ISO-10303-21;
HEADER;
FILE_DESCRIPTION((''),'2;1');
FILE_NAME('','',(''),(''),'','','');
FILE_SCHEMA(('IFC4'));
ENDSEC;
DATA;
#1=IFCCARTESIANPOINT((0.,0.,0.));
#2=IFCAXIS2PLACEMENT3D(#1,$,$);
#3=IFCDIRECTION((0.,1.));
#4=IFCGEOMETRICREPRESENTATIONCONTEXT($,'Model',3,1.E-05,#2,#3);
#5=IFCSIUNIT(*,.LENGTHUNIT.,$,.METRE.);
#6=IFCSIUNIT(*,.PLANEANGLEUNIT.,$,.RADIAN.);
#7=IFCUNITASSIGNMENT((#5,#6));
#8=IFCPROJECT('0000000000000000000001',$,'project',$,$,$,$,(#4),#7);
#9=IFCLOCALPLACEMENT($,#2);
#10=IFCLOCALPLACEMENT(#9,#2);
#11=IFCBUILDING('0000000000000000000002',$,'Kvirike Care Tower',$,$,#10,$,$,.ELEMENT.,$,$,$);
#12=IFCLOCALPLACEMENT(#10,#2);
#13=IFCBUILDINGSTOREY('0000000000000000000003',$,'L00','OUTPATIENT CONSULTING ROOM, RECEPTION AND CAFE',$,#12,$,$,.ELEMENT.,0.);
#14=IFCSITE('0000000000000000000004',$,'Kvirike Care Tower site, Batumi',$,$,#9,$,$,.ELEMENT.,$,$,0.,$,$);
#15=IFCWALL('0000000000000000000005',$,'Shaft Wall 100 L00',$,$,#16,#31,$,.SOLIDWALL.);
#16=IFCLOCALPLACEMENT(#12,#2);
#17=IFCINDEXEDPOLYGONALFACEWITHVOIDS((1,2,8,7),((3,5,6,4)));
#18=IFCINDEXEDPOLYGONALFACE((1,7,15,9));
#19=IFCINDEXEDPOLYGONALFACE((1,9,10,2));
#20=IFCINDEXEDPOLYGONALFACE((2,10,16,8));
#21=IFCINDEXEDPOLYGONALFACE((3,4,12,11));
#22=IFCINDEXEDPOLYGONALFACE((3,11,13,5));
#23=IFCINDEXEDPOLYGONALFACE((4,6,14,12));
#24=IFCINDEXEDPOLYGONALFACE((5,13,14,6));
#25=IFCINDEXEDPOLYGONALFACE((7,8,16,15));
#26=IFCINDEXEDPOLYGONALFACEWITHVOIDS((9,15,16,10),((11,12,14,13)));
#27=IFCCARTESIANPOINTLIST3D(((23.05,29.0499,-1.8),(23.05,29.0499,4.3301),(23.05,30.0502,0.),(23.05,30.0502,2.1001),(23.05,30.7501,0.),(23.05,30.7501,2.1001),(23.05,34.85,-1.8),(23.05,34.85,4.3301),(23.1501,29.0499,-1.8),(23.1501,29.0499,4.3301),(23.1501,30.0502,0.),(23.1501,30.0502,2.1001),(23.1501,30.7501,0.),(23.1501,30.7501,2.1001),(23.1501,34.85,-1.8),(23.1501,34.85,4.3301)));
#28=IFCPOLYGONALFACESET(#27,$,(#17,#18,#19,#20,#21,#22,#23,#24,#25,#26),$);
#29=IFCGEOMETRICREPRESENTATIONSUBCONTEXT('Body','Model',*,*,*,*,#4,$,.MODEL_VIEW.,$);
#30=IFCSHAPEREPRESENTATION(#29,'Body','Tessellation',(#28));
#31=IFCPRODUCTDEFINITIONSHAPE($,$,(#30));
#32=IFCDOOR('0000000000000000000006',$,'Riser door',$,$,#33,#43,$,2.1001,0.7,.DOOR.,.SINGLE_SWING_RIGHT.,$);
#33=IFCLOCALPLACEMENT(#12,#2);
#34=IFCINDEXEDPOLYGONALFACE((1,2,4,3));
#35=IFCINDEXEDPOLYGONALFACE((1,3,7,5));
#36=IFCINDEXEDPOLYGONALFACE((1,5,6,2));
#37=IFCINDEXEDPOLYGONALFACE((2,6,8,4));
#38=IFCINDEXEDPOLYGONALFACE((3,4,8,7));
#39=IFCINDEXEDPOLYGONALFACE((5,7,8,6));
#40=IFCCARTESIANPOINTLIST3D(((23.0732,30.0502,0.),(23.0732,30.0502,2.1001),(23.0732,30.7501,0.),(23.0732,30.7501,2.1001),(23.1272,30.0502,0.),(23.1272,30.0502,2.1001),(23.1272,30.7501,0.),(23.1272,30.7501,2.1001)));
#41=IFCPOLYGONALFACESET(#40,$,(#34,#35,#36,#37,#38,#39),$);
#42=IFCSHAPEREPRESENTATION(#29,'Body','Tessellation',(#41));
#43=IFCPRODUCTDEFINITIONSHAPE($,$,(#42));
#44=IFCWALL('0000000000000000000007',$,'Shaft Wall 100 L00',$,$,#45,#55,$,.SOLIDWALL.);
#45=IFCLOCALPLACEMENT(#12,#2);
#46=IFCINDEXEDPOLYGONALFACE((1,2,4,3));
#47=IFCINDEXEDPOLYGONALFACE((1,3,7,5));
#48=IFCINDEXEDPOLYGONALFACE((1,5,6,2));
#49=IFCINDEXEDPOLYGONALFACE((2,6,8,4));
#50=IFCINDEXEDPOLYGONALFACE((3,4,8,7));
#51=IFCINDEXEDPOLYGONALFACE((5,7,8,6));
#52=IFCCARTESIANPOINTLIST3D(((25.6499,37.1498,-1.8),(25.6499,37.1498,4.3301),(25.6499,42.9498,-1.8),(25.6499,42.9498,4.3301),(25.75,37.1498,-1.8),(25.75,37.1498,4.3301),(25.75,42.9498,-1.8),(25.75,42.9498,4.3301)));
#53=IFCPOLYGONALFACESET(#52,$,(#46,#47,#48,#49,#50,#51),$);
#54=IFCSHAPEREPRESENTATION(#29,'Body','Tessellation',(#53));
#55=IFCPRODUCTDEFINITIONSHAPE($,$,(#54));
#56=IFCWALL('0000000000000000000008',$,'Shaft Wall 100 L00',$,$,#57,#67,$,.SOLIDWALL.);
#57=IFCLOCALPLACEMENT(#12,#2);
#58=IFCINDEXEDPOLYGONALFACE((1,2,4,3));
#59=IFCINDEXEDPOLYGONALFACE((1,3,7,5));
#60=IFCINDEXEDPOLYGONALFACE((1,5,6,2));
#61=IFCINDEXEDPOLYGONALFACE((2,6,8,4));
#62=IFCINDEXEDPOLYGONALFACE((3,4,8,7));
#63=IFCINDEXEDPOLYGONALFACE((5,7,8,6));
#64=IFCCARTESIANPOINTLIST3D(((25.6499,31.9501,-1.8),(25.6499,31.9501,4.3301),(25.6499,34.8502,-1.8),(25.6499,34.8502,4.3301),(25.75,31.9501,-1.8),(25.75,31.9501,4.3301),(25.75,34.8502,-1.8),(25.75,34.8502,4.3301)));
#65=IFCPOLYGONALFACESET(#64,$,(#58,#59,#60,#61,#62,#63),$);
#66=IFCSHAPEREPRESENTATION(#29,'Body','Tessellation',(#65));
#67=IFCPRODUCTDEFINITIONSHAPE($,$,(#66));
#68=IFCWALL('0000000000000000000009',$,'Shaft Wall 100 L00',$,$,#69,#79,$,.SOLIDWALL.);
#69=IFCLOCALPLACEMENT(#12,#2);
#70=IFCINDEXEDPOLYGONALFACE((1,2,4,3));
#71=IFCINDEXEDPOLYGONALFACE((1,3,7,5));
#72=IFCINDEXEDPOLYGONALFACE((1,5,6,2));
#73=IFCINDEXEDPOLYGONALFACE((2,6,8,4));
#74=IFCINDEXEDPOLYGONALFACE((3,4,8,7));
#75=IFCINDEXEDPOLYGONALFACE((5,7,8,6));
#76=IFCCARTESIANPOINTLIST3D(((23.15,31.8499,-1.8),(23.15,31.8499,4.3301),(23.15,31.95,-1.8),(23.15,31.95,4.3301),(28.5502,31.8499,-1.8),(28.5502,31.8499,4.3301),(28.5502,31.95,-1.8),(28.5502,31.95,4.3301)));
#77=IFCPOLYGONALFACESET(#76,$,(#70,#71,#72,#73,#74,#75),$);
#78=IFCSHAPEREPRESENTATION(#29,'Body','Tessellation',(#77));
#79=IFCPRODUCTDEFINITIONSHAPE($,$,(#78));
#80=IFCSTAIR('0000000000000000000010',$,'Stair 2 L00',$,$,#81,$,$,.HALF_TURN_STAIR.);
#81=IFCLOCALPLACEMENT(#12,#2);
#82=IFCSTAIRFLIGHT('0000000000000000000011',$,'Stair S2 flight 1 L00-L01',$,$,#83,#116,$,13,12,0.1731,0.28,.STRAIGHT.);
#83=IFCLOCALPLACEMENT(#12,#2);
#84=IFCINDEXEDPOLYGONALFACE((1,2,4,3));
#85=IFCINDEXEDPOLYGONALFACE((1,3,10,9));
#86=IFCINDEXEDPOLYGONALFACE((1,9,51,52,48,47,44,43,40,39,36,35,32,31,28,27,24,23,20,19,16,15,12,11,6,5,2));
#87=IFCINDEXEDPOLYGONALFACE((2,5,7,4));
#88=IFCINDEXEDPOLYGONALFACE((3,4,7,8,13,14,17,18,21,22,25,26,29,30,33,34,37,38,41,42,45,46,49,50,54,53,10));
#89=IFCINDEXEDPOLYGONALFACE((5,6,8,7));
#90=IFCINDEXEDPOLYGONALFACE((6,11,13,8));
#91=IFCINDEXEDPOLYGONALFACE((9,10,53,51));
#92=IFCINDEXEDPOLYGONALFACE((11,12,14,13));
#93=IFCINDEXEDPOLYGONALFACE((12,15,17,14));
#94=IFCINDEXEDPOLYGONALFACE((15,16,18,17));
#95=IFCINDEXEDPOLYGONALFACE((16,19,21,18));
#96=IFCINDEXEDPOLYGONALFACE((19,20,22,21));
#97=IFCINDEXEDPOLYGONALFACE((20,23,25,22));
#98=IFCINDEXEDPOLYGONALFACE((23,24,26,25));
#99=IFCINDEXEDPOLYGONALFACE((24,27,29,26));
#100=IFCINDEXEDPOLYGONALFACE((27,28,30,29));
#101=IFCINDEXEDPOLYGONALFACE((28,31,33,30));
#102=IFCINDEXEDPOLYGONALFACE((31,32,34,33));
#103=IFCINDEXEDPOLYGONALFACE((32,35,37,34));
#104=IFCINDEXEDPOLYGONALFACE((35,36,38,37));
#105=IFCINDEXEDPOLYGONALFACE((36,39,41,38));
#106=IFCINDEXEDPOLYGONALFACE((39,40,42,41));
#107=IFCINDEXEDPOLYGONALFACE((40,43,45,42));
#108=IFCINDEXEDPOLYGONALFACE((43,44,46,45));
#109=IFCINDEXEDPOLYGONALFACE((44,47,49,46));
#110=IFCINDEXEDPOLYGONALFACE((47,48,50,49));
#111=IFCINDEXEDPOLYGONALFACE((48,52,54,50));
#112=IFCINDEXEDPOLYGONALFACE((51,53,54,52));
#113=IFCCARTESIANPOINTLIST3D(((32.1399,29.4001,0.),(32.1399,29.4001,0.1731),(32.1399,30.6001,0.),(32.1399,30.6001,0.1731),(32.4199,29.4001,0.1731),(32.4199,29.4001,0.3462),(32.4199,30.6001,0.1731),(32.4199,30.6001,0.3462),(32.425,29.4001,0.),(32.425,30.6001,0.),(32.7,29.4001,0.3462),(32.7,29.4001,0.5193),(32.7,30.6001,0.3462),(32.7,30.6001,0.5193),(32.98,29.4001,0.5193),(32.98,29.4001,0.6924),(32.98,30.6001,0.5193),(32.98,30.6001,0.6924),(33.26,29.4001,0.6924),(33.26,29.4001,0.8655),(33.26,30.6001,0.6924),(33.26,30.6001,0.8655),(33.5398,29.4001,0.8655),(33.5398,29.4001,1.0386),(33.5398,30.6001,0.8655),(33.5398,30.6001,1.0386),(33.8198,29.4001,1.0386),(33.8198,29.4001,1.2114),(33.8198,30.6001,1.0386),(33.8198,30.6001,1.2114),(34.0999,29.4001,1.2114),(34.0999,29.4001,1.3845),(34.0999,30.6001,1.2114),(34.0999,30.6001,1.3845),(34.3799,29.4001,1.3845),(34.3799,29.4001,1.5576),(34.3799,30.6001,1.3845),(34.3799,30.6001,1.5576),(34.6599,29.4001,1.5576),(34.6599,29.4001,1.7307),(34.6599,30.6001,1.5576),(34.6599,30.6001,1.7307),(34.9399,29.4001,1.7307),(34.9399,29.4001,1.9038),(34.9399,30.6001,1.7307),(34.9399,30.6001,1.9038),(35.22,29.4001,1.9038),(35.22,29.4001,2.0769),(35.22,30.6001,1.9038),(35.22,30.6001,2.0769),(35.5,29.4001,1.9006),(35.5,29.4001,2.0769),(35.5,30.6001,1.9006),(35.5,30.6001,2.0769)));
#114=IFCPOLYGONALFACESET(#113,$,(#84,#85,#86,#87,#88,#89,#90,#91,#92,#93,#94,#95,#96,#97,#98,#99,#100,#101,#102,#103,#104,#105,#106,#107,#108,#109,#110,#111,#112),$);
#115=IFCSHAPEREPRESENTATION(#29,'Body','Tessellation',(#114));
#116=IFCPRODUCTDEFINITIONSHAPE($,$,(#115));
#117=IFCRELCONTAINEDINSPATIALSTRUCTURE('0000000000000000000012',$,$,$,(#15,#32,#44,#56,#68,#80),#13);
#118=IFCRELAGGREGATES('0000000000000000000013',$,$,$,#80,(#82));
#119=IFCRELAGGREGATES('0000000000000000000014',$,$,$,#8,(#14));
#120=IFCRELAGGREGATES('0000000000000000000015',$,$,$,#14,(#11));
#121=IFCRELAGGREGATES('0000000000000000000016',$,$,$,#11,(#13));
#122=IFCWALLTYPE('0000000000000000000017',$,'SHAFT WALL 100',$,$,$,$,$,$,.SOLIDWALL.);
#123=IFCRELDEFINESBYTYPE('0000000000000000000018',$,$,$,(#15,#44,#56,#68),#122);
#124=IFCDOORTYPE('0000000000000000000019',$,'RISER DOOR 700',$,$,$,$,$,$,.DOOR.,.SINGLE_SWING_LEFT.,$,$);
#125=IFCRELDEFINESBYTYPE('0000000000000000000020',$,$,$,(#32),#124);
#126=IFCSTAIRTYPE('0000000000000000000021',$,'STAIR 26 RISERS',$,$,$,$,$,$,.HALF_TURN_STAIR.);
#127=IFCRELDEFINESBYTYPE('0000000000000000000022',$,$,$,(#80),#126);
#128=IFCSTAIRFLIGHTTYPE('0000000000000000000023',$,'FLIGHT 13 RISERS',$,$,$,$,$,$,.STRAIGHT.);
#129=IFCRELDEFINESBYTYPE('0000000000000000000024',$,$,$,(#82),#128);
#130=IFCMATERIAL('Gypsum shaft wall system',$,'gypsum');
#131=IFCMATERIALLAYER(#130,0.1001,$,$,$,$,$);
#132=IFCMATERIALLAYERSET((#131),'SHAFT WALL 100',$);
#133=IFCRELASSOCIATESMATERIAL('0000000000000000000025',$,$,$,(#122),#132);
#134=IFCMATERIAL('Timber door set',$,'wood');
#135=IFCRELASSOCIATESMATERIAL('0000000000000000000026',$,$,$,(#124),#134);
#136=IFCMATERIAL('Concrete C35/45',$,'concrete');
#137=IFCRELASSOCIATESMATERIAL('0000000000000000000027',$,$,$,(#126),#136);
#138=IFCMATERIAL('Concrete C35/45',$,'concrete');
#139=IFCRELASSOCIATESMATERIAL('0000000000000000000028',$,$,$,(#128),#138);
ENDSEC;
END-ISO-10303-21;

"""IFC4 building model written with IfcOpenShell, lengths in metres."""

from ifc_helpers import new_model, si_unit, direction, frame, frame_2d, origin, place, context, subcontext, project, spatial, polyline, rectangle, outline, extrude, material, layer, layer_set, type_object, element, fill, aggregate, save


model = new_model("IFC4")

# Units and contexts
model_context = context("Model", 3, precision=1e-05, world=origin(), true_north=direction((0.0, 1.0)))
body_context = subcontext(model_context, "Body", "Model", "MODEL_VIEW")
ifc_project = project(units=[si_unit("LENGTHUNIT", "METRE"), si_unit("PLANEANGLEUNIT", "RADIAN")], contexts=[model_context])

# Site, building, storey
site_placement = place(None, origin())
site = spatial("IfcSite", under=ifc_project, at=site_placement, Name="Kvirike Care Tower site, Batumi", CompositionType="ELEMENT", RefElevation=0.0)
building_placement = place(site_placement, origin())
building = spatial("IfcBuilding", under=site, at=building_placement, Name="Kvirike Care Tower", CompositionType="ELEMENT")
storey_placement = place(building_placement, origin())
storey = spatial("IfcBuildingStorey", under=building, at=storey_placement, Name="L00", Description="OUTPATIENT CONSULTING ROOM, RECEPTION AND CAFE", CompositionType="ELEMENT", Elevation=0.0)

# Wall, opening, door
ifc_material_1 = material(Name="Gypsum shaft wall system", Category="gypsum")
ifc_layer_1 = layer(ifc_material_1, 0.1001)
ifc_layer_set_1 = layer_set([ifc_layer_1], Name="SHAFT WALL 100")
wall_type_1 = type_object("IfcWallType", Name="SHAFT WALL 100", PredefinedType="SOLIDWALL", material=ifc_layer_set_1)
wall_1_placement = place(storey_placement, frame((23.1001, 29.05, -1.8), z_axis=(0.0, 0.0, 1.0), x_axis=(0.0, 1.0, 0.0)))
wall_1 = element("IfcWall", 1, at=wall_1_placement, inside=storey, type_object=wall_type_1, Name="Shaft Wall 100 L00", PredefinedType="SOLIDWALL", context=body_context, shape_type="SweptSolid", body=[
    extrude(rectangle(XDim=5.8, YDim=0.1001, at=frame_2d((2.8999, 0.0))), origin(), (0.0, 0.0, 1.0), 6.1301),
])
opening_1_placement = place(wall_1_placement, frame((1.0, 0.0, 1.8)))
opening_1 = element("IfcOpeningElement", 2, at=opening_1_placement, cuts=wall_1, PredefinedType="OPENING", context=body_context, shape_type="SweptSolid", body=[
    extrude(rectangle(XDim=0.7, YDim=2.1001, at=frame_2d((0.3501, 1.05))), frame((0.0, 0.0605, 0.0), z_axis=(0.0, -1.0, 0.0), x_axis=(1.0, 0.0, 0.0)), (0.0, 0.0, 1.0), 0.1211),
])
ifc_material_2 = material(Name="Timber door set", Category="wood")
door_type_1 = type_object("IfcDoorType", Name="RISER DOOR 700", OperationType="SINGLE_SWING_LEFT", PredefinedType="DOOR", material=ifc_material_2)
door_1_placement = place(opening_1_placement, origin())
door_1 = element("IfcDoor", 3, at=door_1_placement, inside=storey, type_object=door_type_1, Name="Riser door", OperationType="SINGLE_SWING_RIGHT", OverallHeight=2.1001, OverallWidth=0.7, PredefinedType="DOOR", context=body_context, shape_type="SweptSolid", body=[
    extrude(rectangle(XDim=0.7, YDim=2.1001, at=frame_2d((0.3501, 1.05))), frame((0.0, 0.0269, 0.0), z_axis=(0.0, -1.0, 0.0), x_axis=(1.0, 0.0, 0.0)), (0.0, 0.0, 1.0), 0.054),
])
fill(opening_1, door_1)

# Walls
wall_2_placement = place(storey_placement, frame((25.7, 37.1499, -1.8), z_axis=(0.0, 0.0, 1.0), x_axis=(0.0, 1.0, 0.0)))
element("IfcWall", 4, at=wall_2_placement, inside=storey, type_object=wall_type_1, Name="Shaft Wall 100 L00", PredefinedType="SOLIDWALL", context=body_context, shape_type="SweptSolid", body=[
    extrude(rectangle(XDim=5.8, YDim=0.1001, at=frame_2d((2.8999, 0.0))), origin(), (0.0, 0.0, 1.0), 6.1301),
])
wall_3_placement = place(storey_placement, frame((25.7, 31.95, -1.8), z_axis=(0.0, 0.0, 1.0), x_axis=(0.0, 1.0, 0.0)))
element("IfcWall", 5, at=wall_3_placement, inside=storey, type_object=wall_type_1, Name="Shaft Wall 100 L00", PredefinedType="SOLIDWALL", context=body_context, shape_type="SweptSolid", body=[
    extrude(rectangle(XDim=2.9001, YDim=0.1001, at=frame_2d((1.4502, 0.0))), origin(), (0.0, 0.0, 1.0), 6.1301),
])
wall_4_placement = place(storey_placement, frame((23.1499, 31.8999, -1.8), z_axis=(0.0, 0.0, 1.0), x_axis=(1.0, 0.0, 0.0)))
element("IfcWall", 6, at=wall_4_placement, inside=storey, type_object=wall_type_1, Name="Shaft Wall 100 L00", PredefinedType="SOLIDWALL", context=body_context, shape_type="SweptSolid", body=[
    extrude(rectangle(XDim=5.4001, YDim=0.1001, at=frame_2d((2.7002, 0.0))), origin(), (0.0, 0.0, 1.0), 6.1301),
])

# Stair, stair flight
ifc_material_3 = material(Name="Concrete C35/45", Category="concrete")
stair_type = type_object("IfcStairType", Name="STAIR 26 RISERS", PredefinedType="HALF_TURN_STAIR", material=ifc_material_3)
stair_placement = place(storey_placement, origin())
stair = element("IfcStair", 7, at=stair_placement, inside=storey, type_object=stair_type, Name="Stair 2 L00", PredefinedType="HALF_TURN_STAIR")
ifc_material_4 = material(Name="Concrete C35/45", Category="concrete")
stair_flight_type = type_object("IfcStairFlightType", Name="FLIGHT 13 RISERS", PredefinedType="STRAIGHT", material=ifc_material_4)
stair_flight_placement = place(storey_placement, frame((32.1399, 30.0, 0.0), z_axis=(0.0, 0.0, 1.0), x_axis=(1.0, 0.0, 0.0)))
stair_flight = element("IfcStairFlight", 8, at=stair_flight_placement, type_object=stair_flight_type, Name="Stair S2 flight 1 L00-L01", NumberOfRisers=13, NumberOfTreads=12, PredefinedType="STRAIGHT", RiserHeight=0.1731, TreadLength=0.28, context=body_context, shape_type="SweptSolid", body=[
    extrude(outline(polyline([(0.0, 0.0), (0.0, 0.1731), (0.28, 0.1731), (0.28, 0.3462), (0.5601, 0.3462), (0.5601, 0.5193), (0.8401, 0.5193), (0.8401, 0.6924), (1.1201, 0.6924), (1.1201, 0.8655), (1.3999, 0.8655), (1.3999, 1.0386), (1.6799, 1.0386), (1.6799, 1.2114), (1.96, 1.2114), (1.96, 1.3845), (2.24, 1.3845), (2.24, 1.5576), (2.52, 1.5576), (2.52, 1.7307), (2.8, 1.7307), (2.8, 1.9038), (3.0801, 1.9038), (3.0801, 2.0769), (3.3601, 2.0769), (3.3601, 2.25), (3.3601, 1.9006), (0.2852, 0.0), (0.0, 0.0)])), frame((0.0, 0.6001, 0.0), z_axis=(0.0, -1.0, 0.0), x_axis=(1.0, 0.0, 0.0)), (0.0, 0.0, 1.0), 1.2),
])
aggregate(stair, [stair_flight])

save(model, "model.ifc")
